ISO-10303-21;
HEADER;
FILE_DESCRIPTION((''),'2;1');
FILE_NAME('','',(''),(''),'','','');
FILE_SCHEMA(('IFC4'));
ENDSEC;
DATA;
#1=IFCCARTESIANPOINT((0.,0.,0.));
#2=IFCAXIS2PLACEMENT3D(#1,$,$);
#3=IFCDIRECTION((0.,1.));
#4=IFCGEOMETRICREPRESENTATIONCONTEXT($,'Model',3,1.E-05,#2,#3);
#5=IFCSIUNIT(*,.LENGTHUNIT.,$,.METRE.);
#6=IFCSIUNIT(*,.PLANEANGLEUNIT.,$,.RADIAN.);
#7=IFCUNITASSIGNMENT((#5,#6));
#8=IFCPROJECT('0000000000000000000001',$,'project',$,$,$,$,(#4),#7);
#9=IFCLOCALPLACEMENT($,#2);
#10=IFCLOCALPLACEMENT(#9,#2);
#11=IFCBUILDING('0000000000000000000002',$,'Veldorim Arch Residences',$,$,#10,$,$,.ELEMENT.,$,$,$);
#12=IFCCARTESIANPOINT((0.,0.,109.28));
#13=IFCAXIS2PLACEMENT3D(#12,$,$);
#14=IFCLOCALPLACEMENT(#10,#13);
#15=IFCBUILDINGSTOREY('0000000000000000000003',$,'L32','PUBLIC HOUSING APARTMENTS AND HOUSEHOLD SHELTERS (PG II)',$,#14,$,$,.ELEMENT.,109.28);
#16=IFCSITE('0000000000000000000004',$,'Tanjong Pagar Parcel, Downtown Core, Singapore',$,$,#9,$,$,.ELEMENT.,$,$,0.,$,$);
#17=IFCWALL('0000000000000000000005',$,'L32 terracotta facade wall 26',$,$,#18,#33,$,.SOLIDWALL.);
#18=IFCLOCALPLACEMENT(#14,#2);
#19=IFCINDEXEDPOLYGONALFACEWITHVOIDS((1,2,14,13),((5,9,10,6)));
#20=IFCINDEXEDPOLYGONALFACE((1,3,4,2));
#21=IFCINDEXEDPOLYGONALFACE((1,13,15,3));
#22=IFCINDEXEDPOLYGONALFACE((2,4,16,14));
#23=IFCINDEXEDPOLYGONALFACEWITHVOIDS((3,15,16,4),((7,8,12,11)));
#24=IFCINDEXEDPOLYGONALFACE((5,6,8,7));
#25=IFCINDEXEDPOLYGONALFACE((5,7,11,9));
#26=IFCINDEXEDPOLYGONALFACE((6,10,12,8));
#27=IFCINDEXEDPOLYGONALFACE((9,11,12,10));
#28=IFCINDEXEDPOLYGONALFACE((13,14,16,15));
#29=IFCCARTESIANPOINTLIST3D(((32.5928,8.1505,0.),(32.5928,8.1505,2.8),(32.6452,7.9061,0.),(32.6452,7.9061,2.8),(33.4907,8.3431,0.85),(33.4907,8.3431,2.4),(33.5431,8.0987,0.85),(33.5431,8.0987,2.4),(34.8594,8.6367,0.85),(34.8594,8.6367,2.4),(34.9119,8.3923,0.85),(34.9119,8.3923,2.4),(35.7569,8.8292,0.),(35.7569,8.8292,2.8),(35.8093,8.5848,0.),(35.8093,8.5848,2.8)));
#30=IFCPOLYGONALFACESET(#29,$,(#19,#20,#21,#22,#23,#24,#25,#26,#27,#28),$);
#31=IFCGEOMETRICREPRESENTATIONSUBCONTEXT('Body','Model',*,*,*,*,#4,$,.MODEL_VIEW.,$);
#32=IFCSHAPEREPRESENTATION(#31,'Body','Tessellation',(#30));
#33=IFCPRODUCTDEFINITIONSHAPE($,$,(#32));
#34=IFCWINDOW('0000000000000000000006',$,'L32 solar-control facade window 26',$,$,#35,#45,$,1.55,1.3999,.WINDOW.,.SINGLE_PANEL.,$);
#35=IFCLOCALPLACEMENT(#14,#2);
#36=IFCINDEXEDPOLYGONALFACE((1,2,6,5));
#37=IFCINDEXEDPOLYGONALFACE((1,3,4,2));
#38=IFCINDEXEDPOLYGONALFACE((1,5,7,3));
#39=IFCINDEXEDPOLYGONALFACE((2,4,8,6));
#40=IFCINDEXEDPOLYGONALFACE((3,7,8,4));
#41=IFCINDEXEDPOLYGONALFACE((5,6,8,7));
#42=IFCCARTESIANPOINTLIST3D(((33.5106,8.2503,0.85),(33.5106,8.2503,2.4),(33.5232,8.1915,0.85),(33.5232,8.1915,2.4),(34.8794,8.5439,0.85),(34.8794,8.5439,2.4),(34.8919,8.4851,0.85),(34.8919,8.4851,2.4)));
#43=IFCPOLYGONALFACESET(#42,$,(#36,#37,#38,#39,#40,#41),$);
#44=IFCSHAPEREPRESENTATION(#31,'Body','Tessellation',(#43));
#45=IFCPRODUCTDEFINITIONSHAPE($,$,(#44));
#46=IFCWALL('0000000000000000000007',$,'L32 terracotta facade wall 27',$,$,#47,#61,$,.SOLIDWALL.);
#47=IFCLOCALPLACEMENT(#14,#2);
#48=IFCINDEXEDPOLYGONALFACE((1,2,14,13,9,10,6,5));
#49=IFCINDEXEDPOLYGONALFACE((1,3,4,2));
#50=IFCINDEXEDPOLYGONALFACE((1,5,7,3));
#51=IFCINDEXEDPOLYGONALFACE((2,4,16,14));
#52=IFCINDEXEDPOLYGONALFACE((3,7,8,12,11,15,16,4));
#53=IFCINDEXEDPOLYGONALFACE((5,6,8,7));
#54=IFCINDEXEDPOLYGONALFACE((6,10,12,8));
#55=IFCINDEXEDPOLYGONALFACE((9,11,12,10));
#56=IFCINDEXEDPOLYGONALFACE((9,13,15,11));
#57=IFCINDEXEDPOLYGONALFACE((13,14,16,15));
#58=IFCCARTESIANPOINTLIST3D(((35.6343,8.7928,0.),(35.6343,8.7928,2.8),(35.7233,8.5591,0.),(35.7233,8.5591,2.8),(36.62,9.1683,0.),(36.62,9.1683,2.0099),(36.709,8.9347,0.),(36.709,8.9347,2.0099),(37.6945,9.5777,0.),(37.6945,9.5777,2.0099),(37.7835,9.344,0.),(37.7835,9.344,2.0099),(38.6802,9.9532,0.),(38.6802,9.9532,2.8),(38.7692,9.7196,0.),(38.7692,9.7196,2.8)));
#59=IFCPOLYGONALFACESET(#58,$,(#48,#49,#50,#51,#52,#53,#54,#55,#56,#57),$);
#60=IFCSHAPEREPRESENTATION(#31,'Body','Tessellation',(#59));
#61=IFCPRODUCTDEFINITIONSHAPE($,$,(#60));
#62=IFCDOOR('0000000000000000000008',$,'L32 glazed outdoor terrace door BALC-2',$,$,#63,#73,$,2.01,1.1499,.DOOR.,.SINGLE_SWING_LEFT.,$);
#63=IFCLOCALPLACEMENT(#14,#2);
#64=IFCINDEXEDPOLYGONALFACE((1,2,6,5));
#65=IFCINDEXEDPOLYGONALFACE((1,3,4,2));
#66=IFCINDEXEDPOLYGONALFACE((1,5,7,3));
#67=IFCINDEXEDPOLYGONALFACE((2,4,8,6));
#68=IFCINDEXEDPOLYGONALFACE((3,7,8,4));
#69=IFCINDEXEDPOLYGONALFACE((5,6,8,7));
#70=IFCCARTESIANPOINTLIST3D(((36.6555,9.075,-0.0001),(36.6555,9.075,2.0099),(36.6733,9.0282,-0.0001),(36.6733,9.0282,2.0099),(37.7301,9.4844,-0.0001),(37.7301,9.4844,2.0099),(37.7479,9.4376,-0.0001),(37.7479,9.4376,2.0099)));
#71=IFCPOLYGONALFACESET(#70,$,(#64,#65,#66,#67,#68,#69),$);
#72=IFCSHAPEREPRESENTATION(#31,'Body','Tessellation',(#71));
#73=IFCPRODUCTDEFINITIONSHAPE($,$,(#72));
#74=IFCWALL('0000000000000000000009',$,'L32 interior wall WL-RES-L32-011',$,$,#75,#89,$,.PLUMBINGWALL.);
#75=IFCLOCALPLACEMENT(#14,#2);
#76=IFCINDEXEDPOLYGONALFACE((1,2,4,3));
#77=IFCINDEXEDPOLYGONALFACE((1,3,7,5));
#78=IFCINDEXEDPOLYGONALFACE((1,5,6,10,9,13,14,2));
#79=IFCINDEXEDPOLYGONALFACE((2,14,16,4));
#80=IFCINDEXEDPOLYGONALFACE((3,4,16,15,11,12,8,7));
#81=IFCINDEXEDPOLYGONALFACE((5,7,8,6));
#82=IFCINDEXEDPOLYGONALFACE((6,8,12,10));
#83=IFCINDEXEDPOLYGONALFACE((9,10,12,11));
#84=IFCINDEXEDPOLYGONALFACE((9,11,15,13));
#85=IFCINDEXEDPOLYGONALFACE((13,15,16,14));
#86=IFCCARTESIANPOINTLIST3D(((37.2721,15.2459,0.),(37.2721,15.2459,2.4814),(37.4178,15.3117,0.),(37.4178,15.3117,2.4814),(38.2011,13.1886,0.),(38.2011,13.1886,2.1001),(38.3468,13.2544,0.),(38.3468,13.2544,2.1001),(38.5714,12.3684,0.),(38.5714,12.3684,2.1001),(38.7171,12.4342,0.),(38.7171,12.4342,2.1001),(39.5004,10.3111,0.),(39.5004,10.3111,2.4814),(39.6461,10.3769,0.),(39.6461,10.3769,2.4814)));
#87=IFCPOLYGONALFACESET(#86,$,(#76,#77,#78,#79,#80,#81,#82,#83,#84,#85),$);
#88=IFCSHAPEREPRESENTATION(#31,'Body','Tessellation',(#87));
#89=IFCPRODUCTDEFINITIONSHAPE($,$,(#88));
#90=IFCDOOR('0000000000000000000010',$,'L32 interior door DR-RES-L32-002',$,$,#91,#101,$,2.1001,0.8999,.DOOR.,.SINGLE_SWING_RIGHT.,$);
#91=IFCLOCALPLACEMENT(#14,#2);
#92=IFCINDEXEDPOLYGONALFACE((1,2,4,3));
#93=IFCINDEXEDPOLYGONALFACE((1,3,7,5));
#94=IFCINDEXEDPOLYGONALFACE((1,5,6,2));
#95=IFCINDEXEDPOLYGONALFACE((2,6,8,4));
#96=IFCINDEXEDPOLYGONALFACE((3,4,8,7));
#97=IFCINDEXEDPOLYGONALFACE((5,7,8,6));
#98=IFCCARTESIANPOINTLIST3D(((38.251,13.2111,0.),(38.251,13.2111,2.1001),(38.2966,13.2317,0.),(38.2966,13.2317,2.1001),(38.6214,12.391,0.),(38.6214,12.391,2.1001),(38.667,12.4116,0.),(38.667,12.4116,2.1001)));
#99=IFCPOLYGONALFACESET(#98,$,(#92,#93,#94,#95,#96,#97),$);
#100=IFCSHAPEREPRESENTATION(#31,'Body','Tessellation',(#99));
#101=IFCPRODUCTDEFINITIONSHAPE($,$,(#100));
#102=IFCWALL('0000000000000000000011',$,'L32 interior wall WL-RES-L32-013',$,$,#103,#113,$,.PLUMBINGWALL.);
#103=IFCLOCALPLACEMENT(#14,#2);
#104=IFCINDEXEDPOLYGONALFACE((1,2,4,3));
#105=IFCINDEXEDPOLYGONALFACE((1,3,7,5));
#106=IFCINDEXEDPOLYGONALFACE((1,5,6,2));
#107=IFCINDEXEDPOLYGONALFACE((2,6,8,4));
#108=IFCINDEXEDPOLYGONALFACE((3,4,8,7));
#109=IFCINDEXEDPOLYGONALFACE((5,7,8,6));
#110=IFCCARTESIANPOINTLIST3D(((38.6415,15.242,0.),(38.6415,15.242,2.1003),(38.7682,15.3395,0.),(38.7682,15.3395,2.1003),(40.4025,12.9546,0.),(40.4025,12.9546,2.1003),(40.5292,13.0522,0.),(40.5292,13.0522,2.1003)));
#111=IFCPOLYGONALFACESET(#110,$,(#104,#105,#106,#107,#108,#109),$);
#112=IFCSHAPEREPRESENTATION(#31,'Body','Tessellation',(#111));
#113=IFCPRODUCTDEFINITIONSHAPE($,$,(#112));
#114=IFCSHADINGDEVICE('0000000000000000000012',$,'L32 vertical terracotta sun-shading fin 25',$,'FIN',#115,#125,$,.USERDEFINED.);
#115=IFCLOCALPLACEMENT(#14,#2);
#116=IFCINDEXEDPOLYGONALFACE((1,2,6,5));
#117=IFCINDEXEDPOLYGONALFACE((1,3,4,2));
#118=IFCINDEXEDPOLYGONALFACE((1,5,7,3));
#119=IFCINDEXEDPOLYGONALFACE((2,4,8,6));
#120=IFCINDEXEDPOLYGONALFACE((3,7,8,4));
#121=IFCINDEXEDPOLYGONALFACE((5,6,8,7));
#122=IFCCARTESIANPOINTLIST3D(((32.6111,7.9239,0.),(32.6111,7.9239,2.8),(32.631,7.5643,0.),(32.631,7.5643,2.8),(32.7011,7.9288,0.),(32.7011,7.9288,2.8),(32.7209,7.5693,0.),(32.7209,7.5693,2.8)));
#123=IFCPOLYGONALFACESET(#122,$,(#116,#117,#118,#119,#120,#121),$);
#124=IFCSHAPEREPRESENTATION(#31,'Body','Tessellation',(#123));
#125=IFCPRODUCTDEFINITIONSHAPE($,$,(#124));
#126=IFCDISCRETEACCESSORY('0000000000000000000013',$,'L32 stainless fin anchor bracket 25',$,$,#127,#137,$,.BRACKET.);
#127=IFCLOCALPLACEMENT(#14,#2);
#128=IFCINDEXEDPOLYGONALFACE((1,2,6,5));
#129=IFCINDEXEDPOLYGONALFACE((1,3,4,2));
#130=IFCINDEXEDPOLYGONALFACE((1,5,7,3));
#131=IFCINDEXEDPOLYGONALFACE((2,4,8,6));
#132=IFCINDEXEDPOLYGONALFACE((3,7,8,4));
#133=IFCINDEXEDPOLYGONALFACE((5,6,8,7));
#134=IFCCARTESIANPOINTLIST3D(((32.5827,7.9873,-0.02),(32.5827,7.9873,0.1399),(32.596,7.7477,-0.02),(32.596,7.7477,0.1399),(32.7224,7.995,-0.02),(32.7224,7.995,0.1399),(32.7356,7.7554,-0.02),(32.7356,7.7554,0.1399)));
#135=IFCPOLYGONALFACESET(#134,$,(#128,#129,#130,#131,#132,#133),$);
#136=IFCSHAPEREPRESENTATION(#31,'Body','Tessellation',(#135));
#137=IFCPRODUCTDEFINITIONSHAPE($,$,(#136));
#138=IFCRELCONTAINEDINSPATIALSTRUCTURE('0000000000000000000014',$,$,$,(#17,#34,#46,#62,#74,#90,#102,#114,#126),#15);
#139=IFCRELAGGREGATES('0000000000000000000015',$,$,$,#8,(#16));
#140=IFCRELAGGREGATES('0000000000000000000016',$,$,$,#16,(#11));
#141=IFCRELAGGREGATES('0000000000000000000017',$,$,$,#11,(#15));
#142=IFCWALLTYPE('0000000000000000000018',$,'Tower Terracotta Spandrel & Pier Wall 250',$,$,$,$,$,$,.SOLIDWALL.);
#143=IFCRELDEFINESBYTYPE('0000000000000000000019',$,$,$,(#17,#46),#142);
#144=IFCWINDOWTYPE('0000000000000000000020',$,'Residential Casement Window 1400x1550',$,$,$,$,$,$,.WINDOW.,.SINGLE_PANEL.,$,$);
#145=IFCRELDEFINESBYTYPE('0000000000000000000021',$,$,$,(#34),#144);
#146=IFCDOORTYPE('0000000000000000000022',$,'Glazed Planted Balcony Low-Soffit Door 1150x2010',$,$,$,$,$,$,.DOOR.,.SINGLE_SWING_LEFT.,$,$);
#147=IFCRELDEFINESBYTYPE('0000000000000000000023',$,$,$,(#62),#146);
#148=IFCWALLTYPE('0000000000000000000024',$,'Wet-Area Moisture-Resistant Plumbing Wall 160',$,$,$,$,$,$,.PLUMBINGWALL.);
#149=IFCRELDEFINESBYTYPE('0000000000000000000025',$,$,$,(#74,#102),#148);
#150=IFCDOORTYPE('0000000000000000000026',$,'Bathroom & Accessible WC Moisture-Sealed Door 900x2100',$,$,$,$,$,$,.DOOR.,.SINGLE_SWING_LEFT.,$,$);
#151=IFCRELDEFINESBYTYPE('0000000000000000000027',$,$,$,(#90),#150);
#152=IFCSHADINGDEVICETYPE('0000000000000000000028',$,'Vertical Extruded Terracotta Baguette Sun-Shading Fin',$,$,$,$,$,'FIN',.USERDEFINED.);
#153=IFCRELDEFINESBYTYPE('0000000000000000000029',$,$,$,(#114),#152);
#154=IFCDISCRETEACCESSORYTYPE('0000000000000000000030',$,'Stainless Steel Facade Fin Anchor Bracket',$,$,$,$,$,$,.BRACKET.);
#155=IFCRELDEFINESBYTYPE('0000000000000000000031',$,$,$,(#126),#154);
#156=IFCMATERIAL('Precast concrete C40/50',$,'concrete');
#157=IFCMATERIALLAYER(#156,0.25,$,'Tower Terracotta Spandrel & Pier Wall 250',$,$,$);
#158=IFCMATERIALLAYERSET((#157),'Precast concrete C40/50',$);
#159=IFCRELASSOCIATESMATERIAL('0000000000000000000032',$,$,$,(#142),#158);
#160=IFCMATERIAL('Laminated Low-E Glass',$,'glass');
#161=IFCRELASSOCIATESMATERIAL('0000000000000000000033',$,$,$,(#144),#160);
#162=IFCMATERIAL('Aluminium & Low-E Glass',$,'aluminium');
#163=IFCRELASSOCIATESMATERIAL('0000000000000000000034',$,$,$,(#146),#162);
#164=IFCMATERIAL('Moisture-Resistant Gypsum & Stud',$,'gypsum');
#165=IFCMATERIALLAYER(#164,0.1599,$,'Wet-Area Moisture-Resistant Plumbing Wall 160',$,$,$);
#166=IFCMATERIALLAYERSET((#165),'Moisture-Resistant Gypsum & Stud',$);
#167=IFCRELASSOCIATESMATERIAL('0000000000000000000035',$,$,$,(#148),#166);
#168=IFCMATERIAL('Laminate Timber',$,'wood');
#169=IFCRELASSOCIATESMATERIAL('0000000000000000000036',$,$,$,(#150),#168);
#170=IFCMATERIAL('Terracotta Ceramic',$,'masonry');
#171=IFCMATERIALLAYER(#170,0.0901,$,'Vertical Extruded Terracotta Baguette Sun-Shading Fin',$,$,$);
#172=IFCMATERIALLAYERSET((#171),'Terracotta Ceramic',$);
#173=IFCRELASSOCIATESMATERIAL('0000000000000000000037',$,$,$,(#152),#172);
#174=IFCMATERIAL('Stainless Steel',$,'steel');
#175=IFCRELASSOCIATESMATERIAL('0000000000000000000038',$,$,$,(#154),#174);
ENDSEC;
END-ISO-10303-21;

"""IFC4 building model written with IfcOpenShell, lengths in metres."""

from ifc_helpers import new_model, si_unit, direction, frame, frame_2d, origin, origin_2d, place, context, subcontext, project, spatial, rectangle, extrude, material, layer, layer_set, type_object, element, fill, save


model = new_model("IFC4")

# Units and contexts
model_context = context("Model", 3, precision=1e-05, world=origin(), true_north=direction((0.0, 1.0)))
body_context = subcontext(model_context, "Body", "Model", "MODEL_VIEW")
ifc_project = project(units=[si_unit("LENGTHUNIT", "METRE"), si_unit("PLANEANGLEUNIT", "RADIAN")], contexts=[model_context])

# Site, building, storey
site_placement = place(None, origin())
site = spatial("IfcSite", under=ifc_project, at=site_placement, Name="Tanjong Pagar Parcel, Downtown Core, Singapore", CompositionType="ELEMENT", RefElevation=0.0)
building_placement = place(site_placement, origin())
building = spatial("IfcBuilding", under=site, at=building_placement, Name="Veldorim Arch Residences", CompositionType="ELEMENT")
storey_placement = place(building_placement, frame((0.0, 0.0, 109.28)))
storey = spatial("IfcBuildingStorey", under=building, at=storey_placement, Name="L32", Description="PUBLIC HOUSING APARTMENTS AND HOUSEHOLD SHELTERS (PG II)", CompositionType="ELEMENT", Elevation=109.28)

# Wall, opening, window
ifc_material_1 = material(Name="Precast concrete C40/50", Category="concrete")
ifc_layer_1 = layer(ifc_material_1, 0.25, Name="Tower Terracotta Spandrel & Pier Wall 250")
ifc_layer_set_1 = layer_set([ifc_layer_1], Name="Precast concrete C40/50")
wall_type_1 = type_object("IfcWallType", Name="Tower Terracotta Spandrel & Pier Wall 250", PredefinedType="SOLIDWALL", material=ifc_layer_set_1)
wall_1_placement = place(storey_placement, frame((35.7832, 8.707, 0.0), z_axis=(0.0, 0.0, 1.0), x_axis=(-0.977758, -0.209735, 0.0)))
wall_1 = element("IfcWall", 1, at=wall_1_placement, inside=storey, type_object=wall_type_1, Name="L32 terracotta facade wall 26", PredefinedType="SOLIDWALL", context=body_context, shape_type="SweptSolid", body=[
    extrude(rectangle(XDim=3.2361, YDim=0.25, at=frame_2d((1.6182, 0.0))), origin(), (0.0, 0.0, 1.0), 2.8),
])
opening_1_placement = place(wall_1_placement, frame((0.918, 0.0, 0.8501)))
opening_1 = element("IfcOpeningElement", 2, at=opening_1_placement, cuts=wall_1, PredefinedType="OPENING", context=body_context, shape_type="SweptSolid", body=[
    extrude(rectangle(XDim=1.3999, YDim=1.55, at=frame_2d((0.7, 0.7749))), frame((0.0, 0.135, 0.0), z_axis=(0.0, -1.0, 0.0), x_axis=(1.0, 0.0, 0.0)), (0.0, 0.0, 1.0), 0.27),
])
ifc_material_2 = material(Name="Laminated Low-E Glass", Category="glass")
window_type = type_object("IfcWindowType", Name="Residential Casement Window 1400x1550", PartitioningType="SINGLE_PANEL", PredefinedType="WINDOW", material=ifc_material_2)
window_placement = place(opening_1_placement, origin())
window = element("IfcWindow", 3, at=window_placement, inside=storey, type_object=window_type, Name="L32 solar-control facade window 26", OverallHeight=1.55, OverallWidth=1.3999, PartitioningType="SINGLE_PANEL", PredefinedType="WINDOW", context=body_context, shape_type="SweptSolid", body=[
    extrude(rectangle(XDim=1.3999, YDim=1.55, at=frame_2d((0.7, 0.7749))), frame((0.0, 0.03, 0.0), z_axis=(0.0, -1.0, 0.0), x_axis=(1.0, 0.0, 0.0)), (0.0, 0.0, 1.0), 0.0601),
])
fill(opening_1, window)

# Walls, openings, doors
wall_2_placement = place(storey_placement, frame((38.7249, 9.8364, 0.0), z_axis=(0.0, 0.0, 1.0), x_axis=(-0.934482, -0.356011, 0.0)))
wall_2 = element("IfcWall", 4, at=wall_2_placement, inside=storey, type_object=wall_type_1, Name="L32 terracotta facade wall 27", PredefinedType="SOLIDWALL", context=body_context, shape_type="SweptSolid", body=[
    extrude(rectangle(XDim=3.2595, YDim=0.25, at=frame_2d((1.6299, 0.0))), origin(), (0.0, 0.0, 1.0), 2.8),
])
opening_2_placement = place(wall_2_placement, frame((1.0549, 0.0, 0.0)))
opening_2 = element("IfcOpeningElement", 5, at=opening_2_placement, cuts=wall_2, PredefinedType="OPENING", context=body_context, shape_type="SweptSolid", body=[
    extrude(rectangle(XDim=1.1499, YDim=2.01, at=frame_2d((0.575, 1.0049))), frame((0.0, 0.135, 0.0), z_axis=(0.0, -1.0, 0.0), x_axis=(1.0, 0.0, 0.0)), (0.0, 0.0, 1.0), 0.27),
])
ifc_material_3 = material(Name="Aluminium & Low-E Glass", Category="aluminium")
door_type_1 = type_object("IfcDoorType", Name="Glazed Planted Balcony Low-Soffit Door 1150x2010", OperationType="SINGLE_SWING_LEFT", PredefinedType="DOOR", material=ifc_material_3)
door_1_placement = place(opening_2_placement, origin())
door_1 = element("IfcDoor", 6, at=door_1_placement, inside=storey, type_object=door_type_1, Name="L32 glazed outdoor terrace door BALC-2", OperationType="SINGLE_SWING_LEFT", OverallHeight=2.01, OverallWidth=1.1499, PredefinedType="DOOR", context=body_context, shape_type="SweptSolid", body=[
    extrude(rectangle(XDim=1.1499, YDim=2.01, at=frame_2d((0.575, 1.0049))), frame((0.0, 0.0249, 0.0), z_axis=(0.0, -1.0, 0.0), x_axis=(1.0, 0.0, 0.0)), (0.0, 0.0, 1.0), 0.05),
])
fill(opening_2, door_1)
ifc_material_4 = material(Name="Moisture-Resistant Gypsum & Stud", Category="gypsum")
ifc_layer_2 = layer(ifc_material_4, 0.1599, Name="Wet-Area Moisture-Resistant Plumbing Wall 160")
ifc_layer_set_2 = layer_set([ifc_layer_2], Name="Moisture-Resistant Gypsum & Stud")
wall_type_2 = type_object("IfcWallType", Name="Wet-Area Moisture-Resistant Plumbing Wall 160", PredefinedType="PLUMBINGWALL", material=ifc_layer_set_2)
wall_3_placement = place(storey_placement, frame((37.345, 15.2788, 0.0), z_axis=(0.0, 0.0, 1.0), x_axis=(0.411532, -0.911395, 0.0)))
wall_3 = element("IfcWall", 7, at=wall_3_placement, inside=storey, type_object=wall_type_2, Name="L32 interior wall WL-RES-L32-011", PredefinedType="PLUMBINGWALL", context=body_context, shape_type="SweptSolid", body=[
    extrude(rectangle(XDim=5.4146, YDim=0.1599, at=frame_2d((2.7073, 0.0))), origin(), (0.0, 0.0, 1.0), 2.4814),
])
opening_3_placement = place(wall_3_placement, frame((2.2573, 0.0, 0.0)))
opening_3 = element("IfcOpeningElement", 8, at=opening_3_placement, cuts=wall_3, PredefinedType="OPENING", context=body_context, shape_type="SweptSolid", body=[
    extrude(rectangle(XDim=0.8999, YDim=2.1001, at=frame_2d((0.45, 1.05))), frame((0.0, 0.0898, 0.0), z_axis=(0.0, -1.0, 0.0), x_axis=(1.0, 0.0, 0.0)), (0.0, 0.0, 1.0), 0.1799),
])
ifc_material_5 = material(Name="Laminate Timber", Category="wood")
door_type_2 = type_object("IfcDoorType", Name="Bathroom & Accessible WC Moisture-Sealed Door 900x2100", OperationType="SINGLE_SWING_LEFT", PredefinedType="DOOR", material=ifc_material_5)
door_2_placement = place(opening_3_placement, origin())
door_2 = element("IfcDoor", 9, at=door_2_placement, inside=storey, type_object=door_type_2, Name="L32 interior door DR-RES-L32-002", OperationType="SINGLE_SWING_RIGHT", OverallHeight=2.1001, OverallWidth=0.8999, PredefinedType="DOOR", context=body_context, shape_type="SweptSolid", body=[
    extrude(rectangle(XDim=0.8999, YDim=2.1001, at=frame_2d((0.45, 1.05))), frame((0.0, 0.0249, 0.0), z_axis=(0.0, -1.0, 0.0), x_axis=(1.0, 0.0, 0.0)), (0.0, 0.0, 1.0), 0.05),
])
fill(opening_3, door_2)

# Wall
wall_4_placement = place(storey_placement, frame((38.7048, 15.2908, 0.0), z_axis=(0.0, 0.0, 1.0), x_axis=(0.610034, -0.792376, 0.0)))
element("IfcWall", 10, at=wall_4_placement, inside=storey, type_object=wall_type_2, Name="L32 interior wall WL-RES-L32-013", PredefinedType="PLUMBINGWALL", context=body_context, shape_type="SweptSolid", body=[
    extrude(rectangle(XDim=2.8867, YDim=0.1599, at=frame_2d((1.4434, 0.0))), origin(), (0.0, 0.0, 1.0), 2.1003),
])

# Shading device
ifc_material_6 = material(Name="Terracotta Ceramic", Category="masonry")
ifc_layer_3 = layer(ifc_material_6, 0.0901, Name="Vertical Extruded Terracotta Baguette Sun-Shading Fin")
ifc_layer_set_3 = layer_set([ifc_layer_3], Name="Terracotta Ceramic")
shading_device_type = type_object("IfcShadingDeviceType", Name="Vertical Extruded Terracotta Baguette Sun-Shading Fin", ElementType="FIN", PredefinedType="USERDEFINED", material=ifc_layer_set_3)
shading_device_placement = place(storey_placement, frame((32.666, 7.7466, 0.0), z_axis=(0.0, 0.0, 1.0), x_axis=(-0.998479, -0.055124, 0.0)))
element("IfcShadingDevice", 11, at=shading_device_placement, inside=storey, type_object=shading_device_type, Name="L32 vertical terracotta sun-shading fin 25", ObjectType="FIN", PredefinedType="USERDEFINED", context=body_context, shape_type="SweptSolid", body=[
    extrude(rectangle(XDim=0.0901, YDim=0.3601, at=origin_2d()), origin(), (0.0, 0.0, 1.0), 2.8),
])

# Discrete accessory
ifc_material_7 = material(Name="Stainless Steel", Category="steel")
discrete_accessory_type = type_object("IfcDiscreteAccessoryType", Name="Stainless Steel Facade Fin Anchor Bracket", PredefinedType="BRACKET", material=ifc_material_7)
discrete_accessory_placement = place(storey_placement, frame((32.6592, 7.8713, -0.02), z_axis=(0.0, 0.0, 1.0), x_axis=(-0.998479, -0.055124, 0.0)))
element("IfcDiscreteAccessory", 12, at=discrete_accessory_placement, inside=storey, type_object=discrete_accessory_type, Name="L32 stainless fin anchor bracket 25", PredefinedType="BRACKET", context=body_context, shape_type="SweptSolid", body=[
    extrude(rectangle(XDim=0.1399, YDim=0.24, at=origin_2d()), origin(), (0.0, 0.0, 1.0), 0.1599),
])

save(model, "model.ifc")
